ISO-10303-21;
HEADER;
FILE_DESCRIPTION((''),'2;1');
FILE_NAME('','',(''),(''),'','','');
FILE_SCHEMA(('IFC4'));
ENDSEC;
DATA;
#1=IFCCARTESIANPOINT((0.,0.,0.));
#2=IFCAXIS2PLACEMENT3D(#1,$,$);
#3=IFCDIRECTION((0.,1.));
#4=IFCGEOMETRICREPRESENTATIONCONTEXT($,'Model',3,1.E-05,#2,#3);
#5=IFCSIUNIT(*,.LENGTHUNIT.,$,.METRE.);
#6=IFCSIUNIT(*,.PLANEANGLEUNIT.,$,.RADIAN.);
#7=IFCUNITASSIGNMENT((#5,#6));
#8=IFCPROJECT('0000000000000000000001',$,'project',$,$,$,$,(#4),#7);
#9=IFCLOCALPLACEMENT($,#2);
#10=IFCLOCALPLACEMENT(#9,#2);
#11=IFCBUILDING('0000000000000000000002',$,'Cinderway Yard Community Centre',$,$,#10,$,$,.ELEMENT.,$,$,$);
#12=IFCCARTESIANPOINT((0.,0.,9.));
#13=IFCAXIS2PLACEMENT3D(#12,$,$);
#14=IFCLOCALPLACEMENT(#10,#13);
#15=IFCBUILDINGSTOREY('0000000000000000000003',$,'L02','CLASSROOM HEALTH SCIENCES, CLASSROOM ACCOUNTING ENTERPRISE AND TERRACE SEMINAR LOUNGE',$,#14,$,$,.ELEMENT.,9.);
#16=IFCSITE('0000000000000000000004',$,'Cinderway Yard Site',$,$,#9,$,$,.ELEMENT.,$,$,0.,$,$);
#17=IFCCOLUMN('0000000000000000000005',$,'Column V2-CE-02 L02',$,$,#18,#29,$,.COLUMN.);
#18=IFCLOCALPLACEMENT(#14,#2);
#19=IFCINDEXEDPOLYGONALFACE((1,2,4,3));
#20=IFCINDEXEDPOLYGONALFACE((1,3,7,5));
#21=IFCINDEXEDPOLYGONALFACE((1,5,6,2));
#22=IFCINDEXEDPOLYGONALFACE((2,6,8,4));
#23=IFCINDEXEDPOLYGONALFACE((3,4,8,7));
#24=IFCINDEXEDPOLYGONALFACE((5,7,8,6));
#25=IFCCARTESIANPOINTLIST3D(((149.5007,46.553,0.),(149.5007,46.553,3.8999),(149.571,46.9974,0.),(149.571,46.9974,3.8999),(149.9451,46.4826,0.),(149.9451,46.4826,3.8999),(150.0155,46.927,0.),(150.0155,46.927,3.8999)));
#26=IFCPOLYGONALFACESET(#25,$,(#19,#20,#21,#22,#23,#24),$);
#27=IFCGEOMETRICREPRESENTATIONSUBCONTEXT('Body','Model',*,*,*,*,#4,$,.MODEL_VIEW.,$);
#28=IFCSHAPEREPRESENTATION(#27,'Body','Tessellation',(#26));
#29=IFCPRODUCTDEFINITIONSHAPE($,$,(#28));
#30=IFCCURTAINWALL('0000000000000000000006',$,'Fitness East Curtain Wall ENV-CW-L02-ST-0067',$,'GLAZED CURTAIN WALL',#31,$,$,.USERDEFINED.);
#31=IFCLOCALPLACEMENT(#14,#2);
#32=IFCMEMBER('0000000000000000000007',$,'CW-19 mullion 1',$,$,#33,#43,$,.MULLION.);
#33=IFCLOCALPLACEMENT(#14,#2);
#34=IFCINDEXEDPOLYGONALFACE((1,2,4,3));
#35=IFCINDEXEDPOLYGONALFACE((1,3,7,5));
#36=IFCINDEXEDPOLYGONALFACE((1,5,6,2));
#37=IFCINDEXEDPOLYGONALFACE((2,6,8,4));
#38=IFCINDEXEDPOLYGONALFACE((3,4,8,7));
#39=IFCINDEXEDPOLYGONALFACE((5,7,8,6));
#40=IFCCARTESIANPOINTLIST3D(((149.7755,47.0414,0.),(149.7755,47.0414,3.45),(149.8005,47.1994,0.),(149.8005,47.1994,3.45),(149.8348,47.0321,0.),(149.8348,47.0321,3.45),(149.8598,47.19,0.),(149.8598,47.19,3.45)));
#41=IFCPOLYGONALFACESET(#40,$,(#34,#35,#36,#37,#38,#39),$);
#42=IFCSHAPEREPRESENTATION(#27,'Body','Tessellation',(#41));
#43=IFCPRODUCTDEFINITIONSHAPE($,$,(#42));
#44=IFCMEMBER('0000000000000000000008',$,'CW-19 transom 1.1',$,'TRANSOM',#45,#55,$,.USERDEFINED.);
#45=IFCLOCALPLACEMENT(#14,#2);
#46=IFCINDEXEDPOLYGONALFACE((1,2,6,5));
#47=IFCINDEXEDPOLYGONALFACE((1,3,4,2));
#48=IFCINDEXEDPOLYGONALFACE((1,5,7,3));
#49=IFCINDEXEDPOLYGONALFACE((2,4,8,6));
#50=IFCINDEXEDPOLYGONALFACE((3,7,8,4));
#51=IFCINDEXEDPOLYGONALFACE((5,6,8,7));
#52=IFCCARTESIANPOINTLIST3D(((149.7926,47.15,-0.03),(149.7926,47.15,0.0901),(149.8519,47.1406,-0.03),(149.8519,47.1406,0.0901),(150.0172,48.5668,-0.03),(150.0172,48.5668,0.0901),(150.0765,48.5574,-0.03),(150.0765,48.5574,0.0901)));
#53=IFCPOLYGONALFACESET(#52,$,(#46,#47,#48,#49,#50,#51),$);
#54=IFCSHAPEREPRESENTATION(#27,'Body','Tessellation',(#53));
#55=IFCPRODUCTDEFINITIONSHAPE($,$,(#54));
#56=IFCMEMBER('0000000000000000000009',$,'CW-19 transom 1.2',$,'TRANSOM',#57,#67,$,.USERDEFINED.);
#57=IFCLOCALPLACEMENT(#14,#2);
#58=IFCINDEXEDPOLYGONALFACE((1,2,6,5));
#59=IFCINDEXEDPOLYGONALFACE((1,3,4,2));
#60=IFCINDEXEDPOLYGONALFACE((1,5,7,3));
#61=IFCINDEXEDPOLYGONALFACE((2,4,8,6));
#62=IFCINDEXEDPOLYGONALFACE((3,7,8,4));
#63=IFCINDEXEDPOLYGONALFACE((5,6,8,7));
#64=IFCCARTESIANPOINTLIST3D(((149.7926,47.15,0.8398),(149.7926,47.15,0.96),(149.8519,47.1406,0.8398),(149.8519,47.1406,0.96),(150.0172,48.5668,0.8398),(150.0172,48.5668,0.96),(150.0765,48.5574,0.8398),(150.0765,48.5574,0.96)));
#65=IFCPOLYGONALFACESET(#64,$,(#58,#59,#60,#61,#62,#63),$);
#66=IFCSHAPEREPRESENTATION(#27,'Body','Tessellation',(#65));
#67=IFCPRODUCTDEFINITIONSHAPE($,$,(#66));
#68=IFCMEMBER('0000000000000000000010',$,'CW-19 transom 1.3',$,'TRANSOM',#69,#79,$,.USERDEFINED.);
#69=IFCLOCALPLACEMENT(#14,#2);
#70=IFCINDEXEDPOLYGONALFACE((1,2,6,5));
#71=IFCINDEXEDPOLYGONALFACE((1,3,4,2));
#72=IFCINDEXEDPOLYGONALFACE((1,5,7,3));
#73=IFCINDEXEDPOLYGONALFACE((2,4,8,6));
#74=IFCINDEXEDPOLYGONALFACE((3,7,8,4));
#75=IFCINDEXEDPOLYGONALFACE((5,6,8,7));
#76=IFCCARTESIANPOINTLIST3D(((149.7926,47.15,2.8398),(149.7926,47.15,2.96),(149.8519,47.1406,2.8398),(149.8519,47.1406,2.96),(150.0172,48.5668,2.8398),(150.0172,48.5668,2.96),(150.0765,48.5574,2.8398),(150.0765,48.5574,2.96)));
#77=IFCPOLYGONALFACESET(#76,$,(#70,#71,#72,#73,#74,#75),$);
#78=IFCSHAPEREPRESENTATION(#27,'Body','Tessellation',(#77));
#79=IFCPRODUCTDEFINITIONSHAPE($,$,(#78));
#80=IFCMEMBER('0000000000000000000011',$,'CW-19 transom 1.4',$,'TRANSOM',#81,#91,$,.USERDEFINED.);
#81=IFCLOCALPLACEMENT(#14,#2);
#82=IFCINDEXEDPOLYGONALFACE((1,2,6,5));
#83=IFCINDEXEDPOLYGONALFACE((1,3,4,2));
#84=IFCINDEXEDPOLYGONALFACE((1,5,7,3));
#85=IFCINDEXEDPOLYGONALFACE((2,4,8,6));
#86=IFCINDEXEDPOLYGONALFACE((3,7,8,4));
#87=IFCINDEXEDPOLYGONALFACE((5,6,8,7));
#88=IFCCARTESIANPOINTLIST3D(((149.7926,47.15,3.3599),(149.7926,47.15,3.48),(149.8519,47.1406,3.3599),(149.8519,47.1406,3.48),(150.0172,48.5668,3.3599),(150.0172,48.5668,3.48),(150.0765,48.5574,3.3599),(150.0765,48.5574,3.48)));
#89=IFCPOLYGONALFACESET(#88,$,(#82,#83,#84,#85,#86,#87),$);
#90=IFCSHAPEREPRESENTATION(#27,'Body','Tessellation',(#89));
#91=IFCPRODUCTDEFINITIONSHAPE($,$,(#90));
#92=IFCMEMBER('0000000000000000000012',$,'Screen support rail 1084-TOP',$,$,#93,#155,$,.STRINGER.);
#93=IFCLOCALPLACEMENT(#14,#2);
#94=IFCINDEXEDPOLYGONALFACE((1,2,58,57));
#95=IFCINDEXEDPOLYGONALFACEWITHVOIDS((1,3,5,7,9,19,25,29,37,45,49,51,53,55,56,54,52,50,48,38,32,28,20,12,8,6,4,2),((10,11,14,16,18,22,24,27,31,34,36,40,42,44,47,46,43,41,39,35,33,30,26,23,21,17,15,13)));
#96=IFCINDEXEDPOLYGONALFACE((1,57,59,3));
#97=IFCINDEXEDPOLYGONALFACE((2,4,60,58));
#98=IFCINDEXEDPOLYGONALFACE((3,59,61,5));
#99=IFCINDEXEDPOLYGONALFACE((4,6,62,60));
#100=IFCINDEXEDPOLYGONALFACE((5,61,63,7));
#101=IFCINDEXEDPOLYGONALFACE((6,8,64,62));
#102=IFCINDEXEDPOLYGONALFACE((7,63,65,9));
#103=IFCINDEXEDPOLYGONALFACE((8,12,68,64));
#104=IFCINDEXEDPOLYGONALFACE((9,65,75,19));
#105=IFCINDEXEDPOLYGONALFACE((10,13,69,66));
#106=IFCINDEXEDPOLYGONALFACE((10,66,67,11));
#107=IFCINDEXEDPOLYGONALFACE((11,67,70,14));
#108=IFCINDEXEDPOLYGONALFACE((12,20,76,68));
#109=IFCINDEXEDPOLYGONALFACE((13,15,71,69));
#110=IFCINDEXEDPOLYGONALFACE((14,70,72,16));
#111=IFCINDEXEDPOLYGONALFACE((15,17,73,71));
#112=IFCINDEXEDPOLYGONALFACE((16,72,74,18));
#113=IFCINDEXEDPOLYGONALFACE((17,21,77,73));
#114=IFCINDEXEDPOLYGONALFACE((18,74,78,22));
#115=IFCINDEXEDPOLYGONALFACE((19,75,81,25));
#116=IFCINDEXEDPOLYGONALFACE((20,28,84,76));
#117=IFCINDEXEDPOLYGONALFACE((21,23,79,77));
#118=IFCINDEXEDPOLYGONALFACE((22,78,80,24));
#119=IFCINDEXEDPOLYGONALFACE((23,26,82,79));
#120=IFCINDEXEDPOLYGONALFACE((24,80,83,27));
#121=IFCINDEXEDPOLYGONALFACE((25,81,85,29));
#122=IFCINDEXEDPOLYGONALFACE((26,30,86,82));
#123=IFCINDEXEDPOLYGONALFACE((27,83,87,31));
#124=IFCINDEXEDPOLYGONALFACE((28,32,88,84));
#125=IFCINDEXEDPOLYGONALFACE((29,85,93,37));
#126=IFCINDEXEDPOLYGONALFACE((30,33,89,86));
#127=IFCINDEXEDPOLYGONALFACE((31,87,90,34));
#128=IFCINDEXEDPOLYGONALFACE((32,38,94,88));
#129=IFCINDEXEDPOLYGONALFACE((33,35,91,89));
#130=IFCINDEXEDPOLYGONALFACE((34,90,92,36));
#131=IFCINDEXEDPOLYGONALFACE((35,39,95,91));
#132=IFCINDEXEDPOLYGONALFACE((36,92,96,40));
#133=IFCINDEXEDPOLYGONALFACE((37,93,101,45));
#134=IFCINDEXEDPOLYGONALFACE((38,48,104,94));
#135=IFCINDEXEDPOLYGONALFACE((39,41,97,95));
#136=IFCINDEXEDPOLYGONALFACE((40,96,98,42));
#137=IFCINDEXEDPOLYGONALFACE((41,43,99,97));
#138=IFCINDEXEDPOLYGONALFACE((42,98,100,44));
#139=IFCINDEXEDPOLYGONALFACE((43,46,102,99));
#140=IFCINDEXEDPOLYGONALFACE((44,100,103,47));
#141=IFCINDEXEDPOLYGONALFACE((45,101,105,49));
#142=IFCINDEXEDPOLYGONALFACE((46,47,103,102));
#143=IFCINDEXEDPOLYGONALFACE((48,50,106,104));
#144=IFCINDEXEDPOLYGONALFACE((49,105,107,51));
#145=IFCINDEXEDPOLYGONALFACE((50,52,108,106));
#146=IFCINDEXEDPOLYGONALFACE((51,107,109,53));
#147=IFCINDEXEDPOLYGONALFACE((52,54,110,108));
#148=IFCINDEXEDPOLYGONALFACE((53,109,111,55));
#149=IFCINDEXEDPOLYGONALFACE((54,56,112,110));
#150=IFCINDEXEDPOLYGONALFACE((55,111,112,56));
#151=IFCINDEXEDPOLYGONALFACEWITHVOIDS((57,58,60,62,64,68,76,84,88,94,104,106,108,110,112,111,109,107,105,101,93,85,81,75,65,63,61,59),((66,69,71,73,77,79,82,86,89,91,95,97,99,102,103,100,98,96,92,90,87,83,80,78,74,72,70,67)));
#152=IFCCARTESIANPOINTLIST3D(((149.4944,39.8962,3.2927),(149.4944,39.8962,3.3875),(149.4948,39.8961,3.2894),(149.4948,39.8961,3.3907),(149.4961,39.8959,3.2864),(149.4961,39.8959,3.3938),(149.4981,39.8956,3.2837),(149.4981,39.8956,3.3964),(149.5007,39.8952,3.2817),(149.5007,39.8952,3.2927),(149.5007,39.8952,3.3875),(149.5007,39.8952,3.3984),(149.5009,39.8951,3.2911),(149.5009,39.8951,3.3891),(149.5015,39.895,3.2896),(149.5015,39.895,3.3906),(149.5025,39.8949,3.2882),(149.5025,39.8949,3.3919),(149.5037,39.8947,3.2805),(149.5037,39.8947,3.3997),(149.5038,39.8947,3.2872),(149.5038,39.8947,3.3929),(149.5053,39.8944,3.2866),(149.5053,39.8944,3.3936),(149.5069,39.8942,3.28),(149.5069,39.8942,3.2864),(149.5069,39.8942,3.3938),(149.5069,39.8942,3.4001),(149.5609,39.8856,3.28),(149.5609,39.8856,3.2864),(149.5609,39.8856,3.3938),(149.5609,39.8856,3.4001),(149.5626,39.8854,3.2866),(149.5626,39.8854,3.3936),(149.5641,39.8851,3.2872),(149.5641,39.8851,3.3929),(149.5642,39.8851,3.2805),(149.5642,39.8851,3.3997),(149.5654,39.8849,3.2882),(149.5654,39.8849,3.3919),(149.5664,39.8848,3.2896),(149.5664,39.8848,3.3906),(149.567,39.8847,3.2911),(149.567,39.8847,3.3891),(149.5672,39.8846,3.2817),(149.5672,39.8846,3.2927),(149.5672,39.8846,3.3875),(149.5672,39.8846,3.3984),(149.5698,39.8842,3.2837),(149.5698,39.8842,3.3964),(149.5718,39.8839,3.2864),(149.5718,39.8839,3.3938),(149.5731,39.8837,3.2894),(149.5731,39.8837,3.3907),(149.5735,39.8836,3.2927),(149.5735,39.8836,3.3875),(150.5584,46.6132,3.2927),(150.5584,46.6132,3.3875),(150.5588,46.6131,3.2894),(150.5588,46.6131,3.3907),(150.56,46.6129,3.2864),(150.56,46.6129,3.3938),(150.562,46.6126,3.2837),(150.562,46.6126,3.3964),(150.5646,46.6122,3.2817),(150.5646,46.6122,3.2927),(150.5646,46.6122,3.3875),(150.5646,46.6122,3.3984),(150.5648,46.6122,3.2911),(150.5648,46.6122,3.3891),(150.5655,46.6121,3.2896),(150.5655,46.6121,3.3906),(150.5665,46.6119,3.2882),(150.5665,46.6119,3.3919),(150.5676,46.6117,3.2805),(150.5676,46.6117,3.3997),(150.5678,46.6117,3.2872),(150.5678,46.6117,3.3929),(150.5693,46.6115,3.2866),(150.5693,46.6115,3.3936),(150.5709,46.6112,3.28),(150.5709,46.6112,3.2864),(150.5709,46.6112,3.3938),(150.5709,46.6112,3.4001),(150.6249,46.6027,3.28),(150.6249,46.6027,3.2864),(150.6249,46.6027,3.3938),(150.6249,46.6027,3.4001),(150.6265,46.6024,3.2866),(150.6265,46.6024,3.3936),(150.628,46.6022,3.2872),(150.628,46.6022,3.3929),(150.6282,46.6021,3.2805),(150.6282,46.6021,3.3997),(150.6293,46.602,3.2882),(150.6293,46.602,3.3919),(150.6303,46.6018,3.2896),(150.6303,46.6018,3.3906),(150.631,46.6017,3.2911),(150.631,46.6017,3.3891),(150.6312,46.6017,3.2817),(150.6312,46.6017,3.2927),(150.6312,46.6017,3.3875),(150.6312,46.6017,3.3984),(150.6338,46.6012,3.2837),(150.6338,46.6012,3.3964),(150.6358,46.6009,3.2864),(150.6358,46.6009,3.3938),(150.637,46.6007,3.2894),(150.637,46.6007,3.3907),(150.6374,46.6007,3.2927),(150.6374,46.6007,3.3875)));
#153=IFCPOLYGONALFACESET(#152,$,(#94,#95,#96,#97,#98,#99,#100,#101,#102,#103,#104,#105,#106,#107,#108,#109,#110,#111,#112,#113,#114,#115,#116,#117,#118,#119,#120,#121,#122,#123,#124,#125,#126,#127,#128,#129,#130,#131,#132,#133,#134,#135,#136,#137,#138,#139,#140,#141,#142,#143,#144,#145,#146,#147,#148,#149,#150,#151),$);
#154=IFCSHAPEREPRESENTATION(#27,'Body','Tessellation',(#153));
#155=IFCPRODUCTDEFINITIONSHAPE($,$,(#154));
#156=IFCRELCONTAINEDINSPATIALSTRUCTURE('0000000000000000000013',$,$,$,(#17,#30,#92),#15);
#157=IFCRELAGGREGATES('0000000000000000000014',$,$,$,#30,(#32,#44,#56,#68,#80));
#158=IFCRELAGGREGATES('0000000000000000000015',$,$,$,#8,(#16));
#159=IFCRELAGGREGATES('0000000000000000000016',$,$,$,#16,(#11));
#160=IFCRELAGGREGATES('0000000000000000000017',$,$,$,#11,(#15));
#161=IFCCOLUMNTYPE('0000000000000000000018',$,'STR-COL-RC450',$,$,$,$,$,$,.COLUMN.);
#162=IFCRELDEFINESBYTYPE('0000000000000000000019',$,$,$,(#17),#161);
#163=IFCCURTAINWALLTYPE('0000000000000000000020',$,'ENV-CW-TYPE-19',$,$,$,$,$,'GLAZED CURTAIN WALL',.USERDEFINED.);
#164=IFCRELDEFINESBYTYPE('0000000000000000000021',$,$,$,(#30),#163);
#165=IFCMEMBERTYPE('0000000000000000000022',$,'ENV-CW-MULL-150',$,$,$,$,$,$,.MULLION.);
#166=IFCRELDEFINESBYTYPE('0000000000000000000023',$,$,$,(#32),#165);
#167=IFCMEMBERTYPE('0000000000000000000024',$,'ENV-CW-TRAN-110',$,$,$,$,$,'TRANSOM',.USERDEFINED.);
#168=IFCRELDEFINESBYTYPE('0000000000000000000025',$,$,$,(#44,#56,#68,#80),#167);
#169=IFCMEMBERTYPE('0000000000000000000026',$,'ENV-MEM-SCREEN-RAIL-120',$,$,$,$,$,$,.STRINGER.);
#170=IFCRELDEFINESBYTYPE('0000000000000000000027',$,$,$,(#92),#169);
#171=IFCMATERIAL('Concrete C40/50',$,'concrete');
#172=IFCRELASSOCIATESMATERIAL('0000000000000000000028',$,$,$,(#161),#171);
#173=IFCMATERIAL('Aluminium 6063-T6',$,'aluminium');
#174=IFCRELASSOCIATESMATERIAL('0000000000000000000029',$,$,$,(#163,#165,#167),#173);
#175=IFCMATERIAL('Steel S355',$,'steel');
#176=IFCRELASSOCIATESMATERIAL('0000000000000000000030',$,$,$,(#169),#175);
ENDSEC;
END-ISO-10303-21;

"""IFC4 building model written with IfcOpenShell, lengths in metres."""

from ifc_helpers import new_model, si_unit, direction, frame, origin, origin_2d, place, context, subcontext, project, spatial, rectangle, hollow_rectangle, extrude, material, material_profile, profile_set, type_object, element, aggregate, save


model = new_model("IFC4")

# Units and contexts
model_context = context("Model", 3, precision=1e-05, world=origin(), true_north=direction((0.0, 1.0)))
body_context = subcontext(model_context, "Body", "Model", "MODEL_VIEW")
ifc_project = project(units=[si_unit("LENGTHUNIT", "METRE"), si_unit("PLANEANGLEUNIT", "RADIAN")], contexts=[model_context])

# Site, building, storey
site_placement = place(None, origin())
site = spatial("IfcSite", under=ifc_project, at=site_placement, Name="Cinderway Yard Site", CompositionType="ELEMENT", RefElevation=0.0)
building_placement = place(site_placement, origin())
building = spatial("IfcBuilding", under=site, at=building_placement, Name="Cinderway Yard Community Centre", CompositionType="ELEMENT")
storey_placement = place(building_placement, frame((0.0, 0.0, 9.0)))
storey = spatial("IfcBuildingStorey", under=building, at=storey_placement, Name="L02", Description="CLASSROOM HEALTH SCIENCES, CLASSROOM ACCOUNTING ENTERPRISE AND TERRACE SEMINAR LOUNGE", CompositionType="ELEMENT", Elevation=9.0)

# Column
ifc_material_1 = material(Name="Concrete C40/50", Category="concrete")
ifc_material_profile_1 = material_profile(ifc_material_1, rectangle(XDim=0.45, YDim=0.45, at=origin_2d()), Name="Concrete C40/50")
ifc_profile_set_1 = profile_set([ifc_material_profile_1], Name="Concrete C40/50")
column_type = type_object("IfcColumnType", Name="STR-COL-RC450", PredefinedType="COLUMN", material=ifc_profile_set_1)
column_placement = place(storey_placement, frame((149.7581, 46.74, 0.0), z_axis=(0.0, 0.0, 1.0), x_axis=(0.987688, -0.156434, 0.0)))
element("IfcColumn", 1, at=column_placement, inside=storey, type_object=column_type, Name="Column V2-CE-02 L02", PredefinedType="COLUMN", context=body_context, shape_type="SweptSolid", body=[
    extrude(rectangle(XDim=0.45, YDim=0.45, at=origin_2d()), origin(), (0.0, 0.0, 1.0), 3.8999),
])

# Curtain wall, members
ifc_material_2 = material(Name="Aluminium 6063-T6", Category="aluminium")
curtain_wall_type = type_object("IfcCurtainWallType", Name="ENV-CW-TYPE-19", ElementType="GLAZED CURTAIN WALL", PredefinedType="USERDEFINED", material=ifc_material_2)
curtain_wall_placement = place(storey_placement, origin())
curtain_wall = element("IfcCurtainWall", 2, at=curtain_wall_placement, inside=storey, type_object=curtain_wall_type, Name="Fitness East Curtain Wall ENV-CW-L02-ST-0067", ObjectType="GLAZED CURTAIN WALL", PredefinedType="USERDEFINED")
ifc_material_profile_2 = material_profile(ifc_material_2, rectangle(XDim=0.0601, YDim=0.1599, at=origin_2d()), Name="Aluminium 6063-T6")
ifc_profile_set_2 = profile_set([ifc_material_profile_2], Name="Aluminium 6063-T6")
member_type_1 = type_object("IfcMemberType", Name="ENV-CW-MULL-150", PredefinedType="MULLION", material=ifc_profile_set_2)
member_1_placement = place(storey_placement, frame((149.8176, 47.1157, 0.0), z_axis=(0.0, 0.0, 1.0), x_axis=(-0.987691, 0.156417, 0.0)))
member_1 = element("IfcMember", 3, at=member_1_placement, type_object=member_type_1, Name="CW-19 mullion 1", PredefinedType="MULLION", context=body_context, shape_type="SweptSolid", body=[
    extrude(rectangle(XDim=0.0601, YDim=0.1599, at=origin_2d()), origin(), (0.0, 0.0, 1.0), 3.45),
])
ifc_material_profile_3 = material_profile(ifc_material_2, rectangle(XDim=0.0601, YDim=0.1201, at=origin_2d()), Name="Aluminium 6063-T6")
ifc_profile_set_3 = profile_set([ifc_material_profile_3], Name="Aluminium 6063-T6")
member_type_2 = type_object("IfcMemberType", Name="ENV-CW-TRAN-110", ElementType="TRANSOM", PredefinedType="USERDEFINED", material=ifc_profile_set_3)
member_2_placement = place(storey_placement, frame((149.8223, 47.1453, 0.03), z_axis=(0.156557, 0.987669, 0.0), x_axis=(-0.987669, 0.156557, 0.0)))
member_2 = element("IfcMember", 4, at=member_2_placement, type_object=member_type_2, Name="CW-19 transom 1.1", ObjectType="TRANSOM", PredefinedType="USERDEFINED", context=body_context, shape_type="SweptSolid", body=[
    extrude(rectangle(XDim=0.0601, YDim=0.1201, at=origin_2d()), origin(), (0.0, 0.0, 1.0), 1.4346),
])
member_3_placement = place(storey_placement, frame((149.8223, 47.1453, 0.8999), z_axis=(0.156557, 0.987669, 0.0), x_axis=(-0.987669, 0.156557, 0.0)))
member_3 = element("IfcMember", 5, at=member_3_placement, type_object=member_type_2, Name="CW-19 transom 1.2", ObjectType="TRANSOM", PredefinedType="USERDEFINED", context=body_context, shape_type="SweptSolid", body=[
    extrude(rectangle(XDim=0.0601, YDim=0.1201, at=origin_2d()), origin(), (0.0, 0.0, 1.0), 1.4346),
])
member_4_placement = place(storey_placement, frame((149.8223, 47.1453, 2.8999), z_axis=(0.156557, 0.987669, 0.0), x_axis=(-0.987669, 0.156557, 0.0)))
member_4 = element("IfcMember", 6, at=member_4_placement, type_object=member_type_2, Name="CW-19 transom 1.3", ObjectType="TRANSOM", PredefinedType="USERDEFINED", context=body_context, shape_type="SweptSolid", body=[
    extrude(rectangle(XDim=0.0601, YDim=0.1201, at=origin_2d()), origin(), (0.0, 0.0, 1.0), 1.4346),
])
member_5_placement = place(storey_placement, frame((149.8223, 47.1453, 3.4199), z_axis=(0.156557, 0.987669, 0.0), x_axis=(-0.987669, 0.156557, 0.0)))
member_5 = element("IfcMember", 7, at=member_5_placement, type_object=member_type_2, Name="CW-19 transom 1.4", ObjectType="TRANSOM", PredefinedType="USERDEFINED", context=body_context, shape_type="SweptSolid", body=[
    extrude(rectangle(XDim=0.0601, YDim=0.1201, at=origin_2d()), origin(), (0.0, 0.0, 1.0), 1.4346),
])
aggregate(curtain_wall, [member_1, member_2, member_3, member_4, member_5])

# Member
ifc_material_3 = material(Name="Steel S355", Category="steel")
ifc_material_profile_4 = material_profile(ifc_material_3, hollow_rectangle(XDim=0.0801, YDim=0.1201, WallThickness=0.0063, InnerFilletRadius=0.0063, OuterFilletRadius=0.0127, at=origin_2d()), Name="Steel S355")
ifc_profile_set_4 = profile_set([ifc_material_profile_4], Name="Steel S355")
member_type_3 = type_object("IfcMemberType", Name="ENV-MEM-SCREEN-RAIL-120", PredefinedType="STRINGER", material=ifc_profile_set_4)
member_6_placement = place(storey_placement, frame((149.5339, 39.8899, 3.3401), z_axis=(0.156447, 0.987686, 0.0), x_axis=(-0.987686, 0.156447, 0.0)))
element("IfcMember", 8, at=member_6_placement, inside=storey, type_object=member_type_3, Name="Screen support rail 1084-TOP", PredefinedType="STRINGER", context=body_context, shape_type="SweptSolid", body=[
    extrude(hollow_rectangle(XDim=0.0801, YDim=0.1201, WallThickness=0.0063, InnerFilletRadius=0.0063, OuterFilletRadius=0.0127, at=origin_2d()), origin(), (0.0, 0.0, 1.0), 6.8008),
])

save(model, "model.ifc")
